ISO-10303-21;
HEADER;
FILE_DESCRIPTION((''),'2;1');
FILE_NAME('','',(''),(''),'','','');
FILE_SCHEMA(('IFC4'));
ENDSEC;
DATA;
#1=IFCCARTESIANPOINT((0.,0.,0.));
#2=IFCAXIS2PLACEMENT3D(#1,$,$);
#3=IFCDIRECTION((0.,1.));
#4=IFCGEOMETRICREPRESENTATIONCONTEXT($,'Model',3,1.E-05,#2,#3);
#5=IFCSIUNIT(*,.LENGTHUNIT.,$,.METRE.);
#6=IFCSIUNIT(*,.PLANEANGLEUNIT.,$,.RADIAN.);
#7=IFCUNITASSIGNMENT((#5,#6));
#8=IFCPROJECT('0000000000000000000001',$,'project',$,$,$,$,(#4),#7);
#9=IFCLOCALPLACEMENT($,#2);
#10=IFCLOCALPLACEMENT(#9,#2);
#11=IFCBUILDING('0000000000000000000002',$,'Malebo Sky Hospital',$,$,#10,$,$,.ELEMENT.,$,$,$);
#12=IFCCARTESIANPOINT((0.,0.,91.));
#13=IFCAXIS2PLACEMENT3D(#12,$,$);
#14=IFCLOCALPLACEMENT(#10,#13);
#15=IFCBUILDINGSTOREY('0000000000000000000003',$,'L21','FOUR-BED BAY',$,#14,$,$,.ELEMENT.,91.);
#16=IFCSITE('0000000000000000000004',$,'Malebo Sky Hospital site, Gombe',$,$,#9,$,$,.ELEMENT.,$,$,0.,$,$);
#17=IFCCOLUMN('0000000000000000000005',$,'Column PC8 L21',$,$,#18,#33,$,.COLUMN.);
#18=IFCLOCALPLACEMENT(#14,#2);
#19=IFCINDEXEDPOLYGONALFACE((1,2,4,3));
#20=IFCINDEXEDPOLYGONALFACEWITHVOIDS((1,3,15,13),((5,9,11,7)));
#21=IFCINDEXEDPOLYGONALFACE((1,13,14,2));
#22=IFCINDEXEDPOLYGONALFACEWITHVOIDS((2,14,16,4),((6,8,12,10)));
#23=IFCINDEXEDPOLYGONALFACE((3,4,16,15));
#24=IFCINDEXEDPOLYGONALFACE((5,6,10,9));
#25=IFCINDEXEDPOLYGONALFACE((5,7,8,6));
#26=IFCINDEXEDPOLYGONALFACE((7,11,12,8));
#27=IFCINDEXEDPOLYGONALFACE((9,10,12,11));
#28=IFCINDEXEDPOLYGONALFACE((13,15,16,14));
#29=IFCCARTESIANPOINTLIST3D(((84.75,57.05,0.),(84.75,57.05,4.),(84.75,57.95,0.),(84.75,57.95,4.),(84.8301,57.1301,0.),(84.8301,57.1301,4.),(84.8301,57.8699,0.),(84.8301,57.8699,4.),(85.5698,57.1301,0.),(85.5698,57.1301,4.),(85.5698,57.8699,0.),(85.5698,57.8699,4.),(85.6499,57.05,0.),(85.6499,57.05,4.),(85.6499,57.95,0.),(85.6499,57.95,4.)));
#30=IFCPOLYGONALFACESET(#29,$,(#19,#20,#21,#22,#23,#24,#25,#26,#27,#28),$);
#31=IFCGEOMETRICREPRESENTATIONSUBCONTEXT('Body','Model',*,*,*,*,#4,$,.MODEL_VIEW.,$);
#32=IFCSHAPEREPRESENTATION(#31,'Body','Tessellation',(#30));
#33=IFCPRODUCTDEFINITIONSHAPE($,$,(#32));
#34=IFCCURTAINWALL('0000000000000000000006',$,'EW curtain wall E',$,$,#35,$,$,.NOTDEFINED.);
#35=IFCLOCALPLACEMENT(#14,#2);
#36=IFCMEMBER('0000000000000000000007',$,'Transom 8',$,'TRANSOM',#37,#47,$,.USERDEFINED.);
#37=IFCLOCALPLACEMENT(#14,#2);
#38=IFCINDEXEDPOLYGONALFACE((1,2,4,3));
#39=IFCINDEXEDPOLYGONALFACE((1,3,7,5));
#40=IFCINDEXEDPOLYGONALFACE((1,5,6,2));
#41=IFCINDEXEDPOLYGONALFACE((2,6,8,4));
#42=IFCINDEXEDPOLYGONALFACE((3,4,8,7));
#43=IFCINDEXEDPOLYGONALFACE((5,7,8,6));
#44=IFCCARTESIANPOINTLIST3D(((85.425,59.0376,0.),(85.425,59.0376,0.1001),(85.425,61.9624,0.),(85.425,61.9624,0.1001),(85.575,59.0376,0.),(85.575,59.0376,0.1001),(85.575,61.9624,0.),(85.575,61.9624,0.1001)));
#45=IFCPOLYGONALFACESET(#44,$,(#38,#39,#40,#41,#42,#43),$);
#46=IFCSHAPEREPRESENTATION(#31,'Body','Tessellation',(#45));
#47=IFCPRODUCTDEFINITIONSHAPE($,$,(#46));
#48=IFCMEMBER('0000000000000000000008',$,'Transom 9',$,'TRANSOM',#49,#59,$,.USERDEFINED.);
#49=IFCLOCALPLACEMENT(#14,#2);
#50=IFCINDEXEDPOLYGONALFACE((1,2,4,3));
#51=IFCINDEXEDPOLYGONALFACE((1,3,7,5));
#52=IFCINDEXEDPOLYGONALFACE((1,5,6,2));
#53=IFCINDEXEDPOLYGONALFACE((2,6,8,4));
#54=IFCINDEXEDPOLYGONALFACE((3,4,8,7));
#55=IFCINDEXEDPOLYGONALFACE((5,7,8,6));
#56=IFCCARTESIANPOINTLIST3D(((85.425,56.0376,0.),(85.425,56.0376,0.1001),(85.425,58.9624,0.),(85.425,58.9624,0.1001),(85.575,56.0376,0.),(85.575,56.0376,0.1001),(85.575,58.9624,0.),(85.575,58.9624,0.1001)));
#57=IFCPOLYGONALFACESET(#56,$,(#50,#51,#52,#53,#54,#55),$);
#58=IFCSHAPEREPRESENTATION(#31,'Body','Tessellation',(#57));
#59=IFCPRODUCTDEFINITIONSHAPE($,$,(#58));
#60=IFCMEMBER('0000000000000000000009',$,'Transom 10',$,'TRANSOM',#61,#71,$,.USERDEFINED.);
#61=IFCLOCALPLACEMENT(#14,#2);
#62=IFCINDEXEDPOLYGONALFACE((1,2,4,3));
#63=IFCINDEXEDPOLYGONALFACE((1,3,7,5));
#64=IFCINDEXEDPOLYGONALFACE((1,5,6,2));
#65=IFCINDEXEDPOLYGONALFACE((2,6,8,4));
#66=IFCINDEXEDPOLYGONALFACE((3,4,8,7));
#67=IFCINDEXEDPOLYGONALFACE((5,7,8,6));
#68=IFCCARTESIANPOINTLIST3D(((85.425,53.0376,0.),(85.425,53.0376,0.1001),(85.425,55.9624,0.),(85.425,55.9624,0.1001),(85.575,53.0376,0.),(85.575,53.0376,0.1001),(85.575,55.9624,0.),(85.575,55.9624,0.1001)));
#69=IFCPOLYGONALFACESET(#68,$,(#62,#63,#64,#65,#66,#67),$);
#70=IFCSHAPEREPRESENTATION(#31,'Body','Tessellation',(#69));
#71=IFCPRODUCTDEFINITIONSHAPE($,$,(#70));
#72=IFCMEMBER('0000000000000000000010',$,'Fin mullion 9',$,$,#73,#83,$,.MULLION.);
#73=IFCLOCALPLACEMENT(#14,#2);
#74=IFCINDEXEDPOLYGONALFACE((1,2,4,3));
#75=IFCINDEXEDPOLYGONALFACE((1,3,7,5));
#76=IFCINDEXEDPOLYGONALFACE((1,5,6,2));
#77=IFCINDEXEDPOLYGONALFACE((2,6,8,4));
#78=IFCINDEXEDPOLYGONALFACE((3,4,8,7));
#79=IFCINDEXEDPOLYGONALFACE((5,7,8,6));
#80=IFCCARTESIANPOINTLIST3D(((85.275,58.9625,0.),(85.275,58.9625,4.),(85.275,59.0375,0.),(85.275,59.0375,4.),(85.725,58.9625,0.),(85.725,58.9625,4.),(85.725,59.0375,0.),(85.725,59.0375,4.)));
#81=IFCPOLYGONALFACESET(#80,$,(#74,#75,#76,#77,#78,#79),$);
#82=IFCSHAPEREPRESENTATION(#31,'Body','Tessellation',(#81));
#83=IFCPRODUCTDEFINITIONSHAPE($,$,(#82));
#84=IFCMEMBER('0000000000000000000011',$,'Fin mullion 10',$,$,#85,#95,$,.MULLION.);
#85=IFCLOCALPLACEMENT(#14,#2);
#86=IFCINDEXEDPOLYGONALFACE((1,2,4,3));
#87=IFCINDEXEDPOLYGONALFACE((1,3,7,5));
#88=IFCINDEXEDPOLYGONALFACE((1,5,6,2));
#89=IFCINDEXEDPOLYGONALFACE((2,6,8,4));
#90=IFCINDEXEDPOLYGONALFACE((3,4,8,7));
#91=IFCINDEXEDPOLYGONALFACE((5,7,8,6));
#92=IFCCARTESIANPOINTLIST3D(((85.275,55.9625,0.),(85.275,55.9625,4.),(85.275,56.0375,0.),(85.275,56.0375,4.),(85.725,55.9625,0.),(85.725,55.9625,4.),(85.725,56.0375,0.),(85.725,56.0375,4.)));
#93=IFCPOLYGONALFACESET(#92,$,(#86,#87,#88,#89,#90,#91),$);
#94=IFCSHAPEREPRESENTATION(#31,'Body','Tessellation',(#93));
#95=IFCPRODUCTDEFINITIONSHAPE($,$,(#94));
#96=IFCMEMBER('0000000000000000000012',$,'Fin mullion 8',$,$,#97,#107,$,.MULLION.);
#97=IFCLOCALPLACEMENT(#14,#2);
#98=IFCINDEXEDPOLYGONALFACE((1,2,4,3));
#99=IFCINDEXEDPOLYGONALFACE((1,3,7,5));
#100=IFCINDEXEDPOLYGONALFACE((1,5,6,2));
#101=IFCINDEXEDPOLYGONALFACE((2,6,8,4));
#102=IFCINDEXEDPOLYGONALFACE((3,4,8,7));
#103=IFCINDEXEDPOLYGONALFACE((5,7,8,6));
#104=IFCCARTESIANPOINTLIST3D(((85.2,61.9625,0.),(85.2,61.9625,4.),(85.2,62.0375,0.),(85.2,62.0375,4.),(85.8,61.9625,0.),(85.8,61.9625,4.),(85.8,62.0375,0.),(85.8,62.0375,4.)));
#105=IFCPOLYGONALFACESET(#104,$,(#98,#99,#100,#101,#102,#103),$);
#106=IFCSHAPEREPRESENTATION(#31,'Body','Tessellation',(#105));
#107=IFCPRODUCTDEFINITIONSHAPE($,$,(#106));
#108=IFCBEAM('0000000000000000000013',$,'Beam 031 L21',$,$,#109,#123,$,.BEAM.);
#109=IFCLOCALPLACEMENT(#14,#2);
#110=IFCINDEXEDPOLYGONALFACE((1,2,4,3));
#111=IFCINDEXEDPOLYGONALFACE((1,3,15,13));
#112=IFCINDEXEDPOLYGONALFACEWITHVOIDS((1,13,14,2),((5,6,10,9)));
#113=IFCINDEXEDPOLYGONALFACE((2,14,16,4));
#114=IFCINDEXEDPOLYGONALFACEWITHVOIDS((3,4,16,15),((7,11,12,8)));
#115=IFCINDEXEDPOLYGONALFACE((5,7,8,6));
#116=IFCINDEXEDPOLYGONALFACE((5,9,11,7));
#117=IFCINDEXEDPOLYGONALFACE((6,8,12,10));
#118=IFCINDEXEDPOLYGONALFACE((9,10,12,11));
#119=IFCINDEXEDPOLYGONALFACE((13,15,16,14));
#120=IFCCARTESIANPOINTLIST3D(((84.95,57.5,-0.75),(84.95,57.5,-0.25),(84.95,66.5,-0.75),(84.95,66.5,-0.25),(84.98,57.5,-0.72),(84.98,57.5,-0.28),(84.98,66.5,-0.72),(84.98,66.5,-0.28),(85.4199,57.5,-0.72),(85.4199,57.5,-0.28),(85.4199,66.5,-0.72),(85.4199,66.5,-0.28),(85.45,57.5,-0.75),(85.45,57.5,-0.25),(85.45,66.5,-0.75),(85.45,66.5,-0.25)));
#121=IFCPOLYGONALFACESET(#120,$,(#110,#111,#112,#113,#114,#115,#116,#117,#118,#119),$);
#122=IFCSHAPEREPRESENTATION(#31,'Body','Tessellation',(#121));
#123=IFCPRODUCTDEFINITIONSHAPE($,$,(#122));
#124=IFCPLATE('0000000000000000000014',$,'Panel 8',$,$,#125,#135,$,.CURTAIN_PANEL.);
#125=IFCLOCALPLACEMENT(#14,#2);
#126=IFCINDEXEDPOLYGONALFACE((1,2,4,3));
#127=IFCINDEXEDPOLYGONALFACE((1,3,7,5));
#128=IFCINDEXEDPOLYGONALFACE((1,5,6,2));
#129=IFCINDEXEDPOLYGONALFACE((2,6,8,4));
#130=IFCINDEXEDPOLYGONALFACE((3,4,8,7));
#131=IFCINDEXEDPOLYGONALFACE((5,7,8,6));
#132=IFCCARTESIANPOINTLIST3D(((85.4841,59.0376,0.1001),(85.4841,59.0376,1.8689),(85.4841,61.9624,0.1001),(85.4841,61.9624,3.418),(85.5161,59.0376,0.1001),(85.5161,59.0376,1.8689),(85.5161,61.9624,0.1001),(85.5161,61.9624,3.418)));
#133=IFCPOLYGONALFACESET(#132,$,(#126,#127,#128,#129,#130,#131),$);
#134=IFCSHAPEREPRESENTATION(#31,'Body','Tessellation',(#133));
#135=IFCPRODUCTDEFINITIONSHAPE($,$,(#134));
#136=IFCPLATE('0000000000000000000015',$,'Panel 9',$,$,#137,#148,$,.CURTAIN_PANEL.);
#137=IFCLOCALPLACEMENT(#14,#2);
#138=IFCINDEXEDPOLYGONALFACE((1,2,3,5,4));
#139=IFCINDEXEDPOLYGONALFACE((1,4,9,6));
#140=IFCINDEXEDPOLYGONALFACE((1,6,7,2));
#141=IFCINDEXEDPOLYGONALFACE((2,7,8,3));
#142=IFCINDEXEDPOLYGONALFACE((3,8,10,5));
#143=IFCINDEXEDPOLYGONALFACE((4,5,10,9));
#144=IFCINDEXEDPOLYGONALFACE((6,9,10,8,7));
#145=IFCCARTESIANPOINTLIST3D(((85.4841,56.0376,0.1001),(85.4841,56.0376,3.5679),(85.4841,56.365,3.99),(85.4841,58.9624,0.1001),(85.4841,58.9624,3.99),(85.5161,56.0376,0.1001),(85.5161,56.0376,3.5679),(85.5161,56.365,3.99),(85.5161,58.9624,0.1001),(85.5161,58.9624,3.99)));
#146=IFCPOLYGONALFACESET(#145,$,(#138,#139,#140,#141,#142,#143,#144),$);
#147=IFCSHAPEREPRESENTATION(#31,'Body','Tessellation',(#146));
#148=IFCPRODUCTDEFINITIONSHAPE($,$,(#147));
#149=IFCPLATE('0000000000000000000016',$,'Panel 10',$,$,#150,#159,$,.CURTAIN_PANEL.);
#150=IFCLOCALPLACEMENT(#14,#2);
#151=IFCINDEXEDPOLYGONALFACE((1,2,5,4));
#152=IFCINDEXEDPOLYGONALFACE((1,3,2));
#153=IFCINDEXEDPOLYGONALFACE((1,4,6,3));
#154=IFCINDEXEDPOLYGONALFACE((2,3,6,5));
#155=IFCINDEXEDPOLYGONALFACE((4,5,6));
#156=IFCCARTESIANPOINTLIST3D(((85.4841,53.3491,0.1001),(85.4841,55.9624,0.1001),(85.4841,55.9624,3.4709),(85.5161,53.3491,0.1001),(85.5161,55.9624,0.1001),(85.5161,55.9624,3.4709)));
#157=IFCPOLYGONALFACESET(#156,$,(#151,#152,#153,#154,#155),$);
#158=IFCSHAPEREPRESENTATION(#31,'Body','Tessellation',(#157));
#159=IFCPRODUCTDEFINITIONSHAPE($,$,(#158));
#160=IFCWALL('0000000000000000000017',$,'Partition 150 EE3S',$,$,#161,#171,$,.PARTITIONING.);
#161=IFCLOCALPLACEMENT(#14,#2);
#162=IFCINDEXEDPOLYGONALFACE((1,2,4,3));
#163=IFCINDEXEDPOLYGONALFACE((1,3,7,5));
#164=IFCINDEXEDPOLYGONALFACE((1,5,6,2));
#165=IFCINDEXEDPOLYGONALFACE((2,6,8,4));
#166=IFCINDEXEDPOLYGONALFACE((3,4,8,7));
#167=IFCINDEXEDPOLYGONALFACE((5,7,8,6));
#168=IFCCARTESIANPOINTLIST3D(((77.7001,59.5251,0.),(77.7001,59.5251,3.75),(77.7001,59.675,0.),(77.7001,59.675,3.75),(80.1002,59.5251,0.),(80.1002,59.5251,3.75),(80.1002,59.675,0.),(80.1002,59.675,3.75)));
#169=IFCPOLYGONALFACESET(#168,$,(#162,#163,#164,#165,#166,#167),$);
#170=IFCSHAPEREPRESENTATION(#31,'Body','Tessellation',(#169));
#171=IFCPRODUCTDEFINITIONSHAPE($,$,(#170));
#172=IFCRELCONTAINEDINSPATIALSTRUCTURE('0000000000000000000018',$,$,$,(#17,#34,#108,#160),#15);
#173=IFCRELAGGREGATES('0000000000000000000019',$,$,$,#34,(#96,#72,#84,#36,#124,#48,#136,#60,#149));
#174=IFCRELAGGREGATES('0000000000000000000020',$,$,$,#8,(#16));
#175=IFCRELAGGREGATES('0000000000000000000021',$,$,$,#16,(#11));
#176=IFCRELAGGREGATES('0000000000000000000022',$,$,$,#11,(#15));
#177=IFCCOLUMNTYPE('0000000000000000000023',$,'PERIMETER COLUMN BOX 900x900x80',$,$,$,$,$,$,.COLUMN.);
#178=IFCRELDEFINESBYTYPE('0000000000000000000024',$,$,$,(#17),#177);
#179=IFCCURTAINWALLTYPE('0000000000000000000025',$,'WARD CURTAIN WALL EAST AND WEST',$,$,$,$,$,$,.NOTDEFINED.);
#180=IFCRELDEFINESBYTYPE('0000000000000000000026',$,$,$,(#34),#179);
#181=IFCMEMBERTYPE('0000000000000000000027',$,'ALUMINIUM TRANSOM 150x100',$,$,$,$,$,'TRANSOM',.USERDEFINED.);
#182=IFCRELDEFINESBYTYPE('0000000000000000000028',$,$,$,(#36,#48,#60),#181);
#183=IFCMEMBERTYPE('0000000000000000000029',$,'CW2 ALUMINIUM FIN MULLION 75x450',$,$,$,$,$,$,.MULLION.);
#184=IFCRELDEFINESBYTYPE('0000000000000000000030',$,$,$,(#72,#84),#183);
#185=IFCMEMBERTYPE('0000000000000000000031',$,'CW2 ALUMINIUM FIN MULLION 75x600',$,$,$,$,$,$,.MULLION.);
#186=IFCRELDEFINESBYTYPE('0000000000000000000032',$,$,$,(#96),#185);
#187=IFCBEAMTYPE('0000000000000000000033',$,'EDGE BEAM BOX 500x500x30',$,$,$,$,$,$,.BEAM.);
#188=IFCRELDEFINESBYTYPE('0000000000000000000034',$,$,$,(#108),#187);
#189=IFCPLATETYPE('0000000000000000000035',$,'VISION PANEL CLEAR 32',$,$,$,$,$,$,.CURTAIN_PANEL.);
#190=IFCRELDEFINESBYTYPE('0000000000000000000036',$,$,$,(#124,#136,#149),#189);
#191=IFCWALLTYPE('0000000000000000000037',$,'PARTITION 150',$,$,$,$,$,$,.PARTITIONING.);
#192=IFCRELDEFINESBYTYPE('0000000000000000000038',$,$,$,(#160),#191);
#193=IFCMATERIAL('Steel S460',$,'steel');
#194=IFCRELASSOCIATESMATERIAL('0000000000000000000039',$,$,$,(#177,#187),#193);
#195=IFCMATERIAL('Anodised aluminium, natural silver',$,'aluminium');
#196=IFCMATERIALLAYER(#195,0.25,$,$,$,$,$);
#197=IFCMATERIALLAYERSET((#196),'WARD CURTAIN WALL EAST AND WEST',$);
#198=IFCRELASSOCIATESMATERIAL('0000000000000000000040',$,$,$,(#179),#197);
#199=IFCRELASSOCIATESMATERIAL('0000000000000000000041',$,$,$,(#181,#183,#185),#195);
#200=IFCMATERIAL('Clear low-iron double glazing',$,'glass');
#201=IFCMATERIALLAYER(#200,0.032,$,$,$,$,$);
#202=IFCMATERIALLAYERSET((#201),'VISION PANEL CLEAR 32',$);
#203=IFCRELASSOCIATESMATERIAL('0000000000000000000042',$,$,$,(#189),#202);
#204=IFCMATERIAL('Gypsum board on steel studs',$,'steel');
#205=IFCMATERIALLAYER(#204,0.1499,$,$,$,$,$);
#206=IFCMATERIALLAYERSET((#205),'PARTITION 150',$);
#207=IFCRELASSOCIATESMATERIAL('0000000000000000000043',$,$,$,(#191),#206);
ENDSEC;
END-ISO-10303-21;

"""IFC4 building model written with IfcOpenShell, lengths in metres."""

from ifc_helpers import new_model, si_unit, direction, frame, frame_2d, origin, origin_2d, place, context, subcontext, project, spatial, polyline, rectangle, hollow_rectangle, outline, extrude, material, layer, layer_set, material_profile, profile_set, type_object, element, aggregate, save


model = new_model("IFC4")

# Units and contexts
model_context = context("Model", 3, precision=1e-05, world=origin(), true_north=direction((0.0, 1.0)))
body_context = subcontext(model_context, "Body", "Model", "MODEL_VIEW")
ifc_project = project(units=[si_unit("LENGTHUNIT", "METRE"), si_unit("PLANEANGLEUNIT", "RADIAN")], contexts=[model_context])

# Site, building, storey
site_placement = place(None, origin())
site = spatial("IfcSite", under=ifc_project, at=site_placement, Name="Malebo Sky Hospital site, Gombe", CompositionType="ELEMENT", RefElevation=0.0)
building_placement = place(site_placement, origin())
building = spatial("IfcBuilding", under=site, at=building_placement, Name="Malebo Sky Hospital", CompositionType="ELEMENT")
storey_placement = place(building_placement, frame((0.0, 0.0, 91.0)))
storey = spatial("IfcBuildingStorey", under=building, at=storey_placement, Name="L21", Description="FOUR-BED BAY", CompositionType="ELEMENT", Elevation=91.0)

# Column
ifc_material_1 = material(Name="Steel S460", Category="steel")
ifc_material_profile_1 = material_profile(ifc_material_1, hollow_rectangle(XDim=0.8999, YDim=0.8999, WallThickness=0.0801, at=origin_2d()), Name="BOX 900x900x80")
ifc_profile_set_1 = profile_set([ifc_material_profile_1], Name="Steel S460")
column_type = type_object("IfcColumnType", Name="PERIMETER COLUMN BOX 900x900x80", PredefinedType="COLUMN", material=ifc_profile_set_1)
column_placement = place(storey_placement, frame((85.2, 57.5, 0.0), z_axis=(0.0, 0.0, 1.0), x_axis=(1.0, 0.0, 0.0)))
element("IfcColumn", 1, at=column_placement, inside=storey, type_object=column_type, Name="Column PC8 L21", PredefinedType="COLUMN", context=body_context, shape_type="SweptSolid", body=[
    extrude(hollow_rectangle(XDim=0.8999, YDim=0.8999, WallThickness=0.0801, at=origin_2d()), origin(), (0.0, 0.0, 1.0), 4.0),
])

# Curtain wall, members
ifc_material_2 = material(Name="Anodised aluminium, natural silver", Category="aluminium")
ifc_layer_1 = layer(ifc_material_2, 0.25)
ifc_layer_set_1 = layer_set([ifc_layer_1], Name="WARD CURTAIN WALL EAST AND WEST")
curtain_wall_type = type_object("IfcCurtainWallType", Name="WARD CURTAIN WALL EAST AND WEST", PredefinedType="NOTDEFINED", material=ifc_layer_set_1)
curtain_wall_placement = place(storey_placement, origin())
curtain_wall = element("IfcCurtainWall", 2, at=curtain_wall_placement, inside=storey, type_object=curtain_wall_type, Name="EW curtain wall E", PredefinedType="NOTDEFINED")
ifc_material_profile_2 = material_profile(ifc_material_2, rectangle(XDim=0.1499, YDim=0.1001, at=origin_2d()), Name="ALUMINIUM TRANSOM 150x100")
ifc_profile_set_2 = profile_set([ifc_material_profile_2], Name="Anodised aluminium, natural silver")
member_type_1 = type_object("IfcMemberType", Name="ALUMINIUM TRANSOM 150x100", ElementType="TRANSOM", PredefinedType="USERDEFINED", material=ifc_profile_set_2)
member_1_placement = place(storey_placement, frame((85.5, 61.9624, 0.05), z_axis=(0.0, -1.0, 0.0), x_axis=(1.0, 0.0, 0.0)))
member_1 = element("IfcMember", 3, at=member_1_placement, type_object=member_type_1, Name="Transom 8", ObjectType="TRANSOM", PredefinedType="USERDEFINED", context=body_context, shape_type="SweptSolid", body=[
    extrude(rectangle(XDim=0.1499, YDim=0.1001, at=origin_2d()), origin(), (0.0, 0.0, 1.0), 2.9248),
])
member_2_placement = place(storey_placement, frame((85.5, 58.9624, 0.05), z_axis=(0.0, -1.0, 0.0), x_axis=(1.0, 0.0, 0.0)))
member_2 = element("IfcMember", 4, at=member_2_placement, type_object=member_type_1, Name="Transom 9", ObjectType="TRANSOM", PredefinedType="USERDEFINED", context=body_context, shape_type="SweptSolid", body=[
    extrude(rectangle(XDim=0.1499, YDim=0.1001, at=origin_2d()), origin(), (0.0, 0.0, 1.0), 2.9248),
])
member_3_placement = place(storey_placement, frame((85.5, 55.9624, 0.05), z_axis=(0.0, -1.0, 0.0), x_axis=(1.0, 0.0, 0.0)))
member_3 = element("IfcMember", 5, at=member_3_placement, type_object=member_type_1, Name="Transom 10", ObjectType="TRANSOM", PredefinedType="USERDEFINED", context=body_context, shape_type="SweptSolid", body=[
    extrude(rectangle(XDim=0.1499, YDim=0.1001, at=origin_2d()), origin(), (0.0, 0.0, 1.0), 2.9248),
])
ifc_material_profile_3 = material_profile(ifc_material_2, rectangle(XDim=0.075, YDim=0.45, at=origin_2d()), Name="CW2 ALUMINIUM FIN MULLION 75x450")
ifc_profile_set_3 = profile_set([ifc_material_profile_3], Name="Anodised aluminium, natural silver")
member_type_2 = type_object("IfcMemberType", Name="CW2 ALUMINIUM FIN MULLION 75x450", PredefinedType="MULLION", material=ifc_profile_set_3)
member_4_placement = place(storey_placement, frame((85.5, 59.0, 0.0), z_axis=(0.0, 0.0, 1.0), x_axis=(0.0, -1.0, 0.0)))
member_4 = element("IfcMember", 6, at=member_4_placement, type_object=member_type_2, Name="Fin mullion 9", PredefinedType="MULLION", context=body_context, shape_type="SweptSolid", body=[
    extrude(rectangle(XDim=0.075, YDim=0.45, at=origin_2d()), origin(), (0.0, 0.0, 1.0), 4.0),
])
member_5_placement = place(storey_placement, frame((85.5, 56.0, 0.0), z_axis=(0.0, 0.0, 1.0), x_axis=(0.0, -1.0, 0.0)))
member_5 = element("IfcMember", 7, at=member_5_placement, type_object=member_type_2, Name="Fin mullion 10", PredefinedType="MULLION", context=body_context, shape_type="SweptSolid", body=[
    extrude(rectangle(XDim=0.075, YDim=0.45, at=origin_2d()), origin(), (0.0, 0.0, 1.0), 4.0),
])
ifc_material_profile_4 = material_profile(ifc_material_2, rectangle(XDim=0.075, YDim=0.6001, at=origin_2d()), Name="CW2 ALUMINIUM FIN MULLION 75x600")
ifc_profile_set_4 = profile_set([ifc_material_profile_4], Name="Anodised aluminium, natural silver")
member_type_3 = type_object("IfcMemberType", Name="CW2 ALUMINIUM FIN MULLION 75x600", PredefinedType="MULLION", material=ifc_profile_set_4)
member_6_placement = place(storey_placement, frame((85.5, 62.0, 0.0), z_axis=(0.0, 0.0, 1.0), x_axis=(0.0, -1.0, 0.0)))
member_6 = element("IfcMember", 8, at=member_6_placement, type_object=member_type_3, Name="Fin mullion 8", PredefinedType="MULLION", context=body_context, shape_type="SweptSolid", body=[
    extrude(rectangle(XDim=0.075, YDim=0.6001, at=origin_2d()), origin(), (0.0, 0.0, 1.0), 4.0),
])

# Beam
ifc_material_profile_5 = material_profile(ifc_material_1, hollow_rectangle(XDim=0.5, YDim=0.5, WallThickness=0.03, at=origin_2d()), Name="BOX 500x500x30")
ifc_profile_set_5 = profile_set([ifc_material_profile_5], Name="Steel S460")
beam_type = type_object("IfcBeamType", Name="EDGE BEAM BOX 500x500x30", PredefinedType="BEAM", material=ifc_profile_set_5)
beam_placement = place(storey_placement, frame((85.2, 57.5, -0.5), z_axis=(0.0, 1.0, 0.0), x_axis=(-1.0, 0.0, 0.0)))
element("IfcBeam", 9, at=beam_placement, inside=storey, type_object=beam_type, Name="Beam 031 L21", PredefinedType="BEAM", context=body_context, shape_type="SweptSolid", body=[
    extrude(hollow_rectangle(XDim=0.5, YDim=0.5, WallThickness=0.03, at=origin_2d()), origin(), (0.0, 0.0, 1.0), 9.0),
])

# Plates
ifc_material_3 = material(Name="Clear low-iron double glazing", Category="glass")
ifc_layer_2 = layer(ifc_material_3, 0.032)
ifc_layer_set_2 = layer_set([ifc_layer_2], Name="VISION PANEL CLEAR 32")
plate_type = type_object("IfcPlateType", Name="VISION PANEL CLEAR 32", PredefinedType="CURTAIN_PANEL", material=ifc_layer_set_2)
plate_1_placement = place(storey_placement, frame((85.5, 60.5, 0.1001), z_axis=(0.0, 0.0, 1.0), x_axis=(0.0, -1.0, 0.0)))
plate_1 = element("IfcPlate", 10, at=plate_1_placement, type_object=plate_type, Name="Panel 8", PredefinedType="CURTAIN_PANEL", context=body_context, shape_type="SweptSolid", body=[
    extrude(outline(polyline([(-1.4624, 0.0), (1.4624, 0.0), (1.4624, 1.7688), (-1.4624, 3.3179), (-1.4624, 0.0)])), frame((0.0, 0.0161, 0.0), z_axis=(0.0, -1.0, 0.0), x_axis=(1.0, 0.0, 0.0)), (0.0, 0.0, 1.0), 0.032),
])
plate_2_placement = place(storey_placement, frame((85.5, 57.5, 0.1001), z_axis=(0.0, 0.0, 1.0), x_axis=(0.0, -1.0, 0.0)))
plate_2 = element("IfcPlate", 11, at=plate_2_placement, type_object=plate_type, Name="Panel 9", PredefinedType="CURTAIN_PANEL", context=body_context, shape_type="SweptSolid", body=[
    extrude(outline(polyline([(-1.4624, 0.0), (1.4624, 0.0), (1.4624, 3.4678), (1.135, 3.8899), (-1.4624, 3.8899), (-1.4624, 0.0)])), frame((0.0, 0.0161, 0.0), z_axis=(0.0, -1.0, 0.0), x_axis=(1.0, 0.0, 0.0)), (0.0, 0.0, 1.0), 0.032),
])
plate_3_placement = place(storey_placement, frame((85.5, 54.6558, 0.1001), z_axis=(0.0, 0.0, 1.0), x_axis=(0.0, -1.0, 0.0)))
plate_3 = element("IfcPlate", 12, at=plate_3_placement, type_object=plate_type, Name="Panel 10", PredefinedType="CURTAIN_PANEL", context=body_context, shape_type="SweptSolid", body=[
    extrude(outline(polyline([(-1.3066, 0.0), (1.3066, 0.0), (-1.3066, 3.3708), (-1.3066, 0.0)])), frame((0.0, 0.0161, 0.0), z_axis=(0.0, -1.0, 0.0), x_axis=(1.0, 0.0, 0.0)), (0.0, 0.0, 1.0), 0.032),
])
aggregate(curtain_wall, [member_6, member_4, member_5, member_1, plate_1, member_2, plate_2, member_3, plate_3])

# Wall
ifc_material_4 = material(Name="Gypsum board on steel studs", Category="steel")
ifc_layer_3 = layer(ifc_material_4, 0.1499)
ifc_layer_set_3 = layer_set([ifc_layer_3], Name="PARTITION 150")
wall_type = type_object("IfcWallType", Name="PARTITION 150", PredefinedType="PARTITIONING", material=ifc_layer_set_3)
wall_1_placement = place(storey_placement, frame((77.7, 59.6001, 0.0), z_axis=(0.0, 0.0, 1.0), x_axis=(1.0, 0.0, 0.0)))
element("IfcWall", 13, at=wall_1_placement, inside=storey, type_object=wall_type, Name="Partition 150 EE3S", PredefinedType="PARTITIONING", context=body_context, shape_type="SweptSolid", body=[
    extrude(rectangle(XDim=2.4001, YDim=0.1499, at=frame_2d((1.2002, 0.0))), origin(), (0.0, 0.0, 1.0), 3.75),
])

save(model, "model.ifc")
